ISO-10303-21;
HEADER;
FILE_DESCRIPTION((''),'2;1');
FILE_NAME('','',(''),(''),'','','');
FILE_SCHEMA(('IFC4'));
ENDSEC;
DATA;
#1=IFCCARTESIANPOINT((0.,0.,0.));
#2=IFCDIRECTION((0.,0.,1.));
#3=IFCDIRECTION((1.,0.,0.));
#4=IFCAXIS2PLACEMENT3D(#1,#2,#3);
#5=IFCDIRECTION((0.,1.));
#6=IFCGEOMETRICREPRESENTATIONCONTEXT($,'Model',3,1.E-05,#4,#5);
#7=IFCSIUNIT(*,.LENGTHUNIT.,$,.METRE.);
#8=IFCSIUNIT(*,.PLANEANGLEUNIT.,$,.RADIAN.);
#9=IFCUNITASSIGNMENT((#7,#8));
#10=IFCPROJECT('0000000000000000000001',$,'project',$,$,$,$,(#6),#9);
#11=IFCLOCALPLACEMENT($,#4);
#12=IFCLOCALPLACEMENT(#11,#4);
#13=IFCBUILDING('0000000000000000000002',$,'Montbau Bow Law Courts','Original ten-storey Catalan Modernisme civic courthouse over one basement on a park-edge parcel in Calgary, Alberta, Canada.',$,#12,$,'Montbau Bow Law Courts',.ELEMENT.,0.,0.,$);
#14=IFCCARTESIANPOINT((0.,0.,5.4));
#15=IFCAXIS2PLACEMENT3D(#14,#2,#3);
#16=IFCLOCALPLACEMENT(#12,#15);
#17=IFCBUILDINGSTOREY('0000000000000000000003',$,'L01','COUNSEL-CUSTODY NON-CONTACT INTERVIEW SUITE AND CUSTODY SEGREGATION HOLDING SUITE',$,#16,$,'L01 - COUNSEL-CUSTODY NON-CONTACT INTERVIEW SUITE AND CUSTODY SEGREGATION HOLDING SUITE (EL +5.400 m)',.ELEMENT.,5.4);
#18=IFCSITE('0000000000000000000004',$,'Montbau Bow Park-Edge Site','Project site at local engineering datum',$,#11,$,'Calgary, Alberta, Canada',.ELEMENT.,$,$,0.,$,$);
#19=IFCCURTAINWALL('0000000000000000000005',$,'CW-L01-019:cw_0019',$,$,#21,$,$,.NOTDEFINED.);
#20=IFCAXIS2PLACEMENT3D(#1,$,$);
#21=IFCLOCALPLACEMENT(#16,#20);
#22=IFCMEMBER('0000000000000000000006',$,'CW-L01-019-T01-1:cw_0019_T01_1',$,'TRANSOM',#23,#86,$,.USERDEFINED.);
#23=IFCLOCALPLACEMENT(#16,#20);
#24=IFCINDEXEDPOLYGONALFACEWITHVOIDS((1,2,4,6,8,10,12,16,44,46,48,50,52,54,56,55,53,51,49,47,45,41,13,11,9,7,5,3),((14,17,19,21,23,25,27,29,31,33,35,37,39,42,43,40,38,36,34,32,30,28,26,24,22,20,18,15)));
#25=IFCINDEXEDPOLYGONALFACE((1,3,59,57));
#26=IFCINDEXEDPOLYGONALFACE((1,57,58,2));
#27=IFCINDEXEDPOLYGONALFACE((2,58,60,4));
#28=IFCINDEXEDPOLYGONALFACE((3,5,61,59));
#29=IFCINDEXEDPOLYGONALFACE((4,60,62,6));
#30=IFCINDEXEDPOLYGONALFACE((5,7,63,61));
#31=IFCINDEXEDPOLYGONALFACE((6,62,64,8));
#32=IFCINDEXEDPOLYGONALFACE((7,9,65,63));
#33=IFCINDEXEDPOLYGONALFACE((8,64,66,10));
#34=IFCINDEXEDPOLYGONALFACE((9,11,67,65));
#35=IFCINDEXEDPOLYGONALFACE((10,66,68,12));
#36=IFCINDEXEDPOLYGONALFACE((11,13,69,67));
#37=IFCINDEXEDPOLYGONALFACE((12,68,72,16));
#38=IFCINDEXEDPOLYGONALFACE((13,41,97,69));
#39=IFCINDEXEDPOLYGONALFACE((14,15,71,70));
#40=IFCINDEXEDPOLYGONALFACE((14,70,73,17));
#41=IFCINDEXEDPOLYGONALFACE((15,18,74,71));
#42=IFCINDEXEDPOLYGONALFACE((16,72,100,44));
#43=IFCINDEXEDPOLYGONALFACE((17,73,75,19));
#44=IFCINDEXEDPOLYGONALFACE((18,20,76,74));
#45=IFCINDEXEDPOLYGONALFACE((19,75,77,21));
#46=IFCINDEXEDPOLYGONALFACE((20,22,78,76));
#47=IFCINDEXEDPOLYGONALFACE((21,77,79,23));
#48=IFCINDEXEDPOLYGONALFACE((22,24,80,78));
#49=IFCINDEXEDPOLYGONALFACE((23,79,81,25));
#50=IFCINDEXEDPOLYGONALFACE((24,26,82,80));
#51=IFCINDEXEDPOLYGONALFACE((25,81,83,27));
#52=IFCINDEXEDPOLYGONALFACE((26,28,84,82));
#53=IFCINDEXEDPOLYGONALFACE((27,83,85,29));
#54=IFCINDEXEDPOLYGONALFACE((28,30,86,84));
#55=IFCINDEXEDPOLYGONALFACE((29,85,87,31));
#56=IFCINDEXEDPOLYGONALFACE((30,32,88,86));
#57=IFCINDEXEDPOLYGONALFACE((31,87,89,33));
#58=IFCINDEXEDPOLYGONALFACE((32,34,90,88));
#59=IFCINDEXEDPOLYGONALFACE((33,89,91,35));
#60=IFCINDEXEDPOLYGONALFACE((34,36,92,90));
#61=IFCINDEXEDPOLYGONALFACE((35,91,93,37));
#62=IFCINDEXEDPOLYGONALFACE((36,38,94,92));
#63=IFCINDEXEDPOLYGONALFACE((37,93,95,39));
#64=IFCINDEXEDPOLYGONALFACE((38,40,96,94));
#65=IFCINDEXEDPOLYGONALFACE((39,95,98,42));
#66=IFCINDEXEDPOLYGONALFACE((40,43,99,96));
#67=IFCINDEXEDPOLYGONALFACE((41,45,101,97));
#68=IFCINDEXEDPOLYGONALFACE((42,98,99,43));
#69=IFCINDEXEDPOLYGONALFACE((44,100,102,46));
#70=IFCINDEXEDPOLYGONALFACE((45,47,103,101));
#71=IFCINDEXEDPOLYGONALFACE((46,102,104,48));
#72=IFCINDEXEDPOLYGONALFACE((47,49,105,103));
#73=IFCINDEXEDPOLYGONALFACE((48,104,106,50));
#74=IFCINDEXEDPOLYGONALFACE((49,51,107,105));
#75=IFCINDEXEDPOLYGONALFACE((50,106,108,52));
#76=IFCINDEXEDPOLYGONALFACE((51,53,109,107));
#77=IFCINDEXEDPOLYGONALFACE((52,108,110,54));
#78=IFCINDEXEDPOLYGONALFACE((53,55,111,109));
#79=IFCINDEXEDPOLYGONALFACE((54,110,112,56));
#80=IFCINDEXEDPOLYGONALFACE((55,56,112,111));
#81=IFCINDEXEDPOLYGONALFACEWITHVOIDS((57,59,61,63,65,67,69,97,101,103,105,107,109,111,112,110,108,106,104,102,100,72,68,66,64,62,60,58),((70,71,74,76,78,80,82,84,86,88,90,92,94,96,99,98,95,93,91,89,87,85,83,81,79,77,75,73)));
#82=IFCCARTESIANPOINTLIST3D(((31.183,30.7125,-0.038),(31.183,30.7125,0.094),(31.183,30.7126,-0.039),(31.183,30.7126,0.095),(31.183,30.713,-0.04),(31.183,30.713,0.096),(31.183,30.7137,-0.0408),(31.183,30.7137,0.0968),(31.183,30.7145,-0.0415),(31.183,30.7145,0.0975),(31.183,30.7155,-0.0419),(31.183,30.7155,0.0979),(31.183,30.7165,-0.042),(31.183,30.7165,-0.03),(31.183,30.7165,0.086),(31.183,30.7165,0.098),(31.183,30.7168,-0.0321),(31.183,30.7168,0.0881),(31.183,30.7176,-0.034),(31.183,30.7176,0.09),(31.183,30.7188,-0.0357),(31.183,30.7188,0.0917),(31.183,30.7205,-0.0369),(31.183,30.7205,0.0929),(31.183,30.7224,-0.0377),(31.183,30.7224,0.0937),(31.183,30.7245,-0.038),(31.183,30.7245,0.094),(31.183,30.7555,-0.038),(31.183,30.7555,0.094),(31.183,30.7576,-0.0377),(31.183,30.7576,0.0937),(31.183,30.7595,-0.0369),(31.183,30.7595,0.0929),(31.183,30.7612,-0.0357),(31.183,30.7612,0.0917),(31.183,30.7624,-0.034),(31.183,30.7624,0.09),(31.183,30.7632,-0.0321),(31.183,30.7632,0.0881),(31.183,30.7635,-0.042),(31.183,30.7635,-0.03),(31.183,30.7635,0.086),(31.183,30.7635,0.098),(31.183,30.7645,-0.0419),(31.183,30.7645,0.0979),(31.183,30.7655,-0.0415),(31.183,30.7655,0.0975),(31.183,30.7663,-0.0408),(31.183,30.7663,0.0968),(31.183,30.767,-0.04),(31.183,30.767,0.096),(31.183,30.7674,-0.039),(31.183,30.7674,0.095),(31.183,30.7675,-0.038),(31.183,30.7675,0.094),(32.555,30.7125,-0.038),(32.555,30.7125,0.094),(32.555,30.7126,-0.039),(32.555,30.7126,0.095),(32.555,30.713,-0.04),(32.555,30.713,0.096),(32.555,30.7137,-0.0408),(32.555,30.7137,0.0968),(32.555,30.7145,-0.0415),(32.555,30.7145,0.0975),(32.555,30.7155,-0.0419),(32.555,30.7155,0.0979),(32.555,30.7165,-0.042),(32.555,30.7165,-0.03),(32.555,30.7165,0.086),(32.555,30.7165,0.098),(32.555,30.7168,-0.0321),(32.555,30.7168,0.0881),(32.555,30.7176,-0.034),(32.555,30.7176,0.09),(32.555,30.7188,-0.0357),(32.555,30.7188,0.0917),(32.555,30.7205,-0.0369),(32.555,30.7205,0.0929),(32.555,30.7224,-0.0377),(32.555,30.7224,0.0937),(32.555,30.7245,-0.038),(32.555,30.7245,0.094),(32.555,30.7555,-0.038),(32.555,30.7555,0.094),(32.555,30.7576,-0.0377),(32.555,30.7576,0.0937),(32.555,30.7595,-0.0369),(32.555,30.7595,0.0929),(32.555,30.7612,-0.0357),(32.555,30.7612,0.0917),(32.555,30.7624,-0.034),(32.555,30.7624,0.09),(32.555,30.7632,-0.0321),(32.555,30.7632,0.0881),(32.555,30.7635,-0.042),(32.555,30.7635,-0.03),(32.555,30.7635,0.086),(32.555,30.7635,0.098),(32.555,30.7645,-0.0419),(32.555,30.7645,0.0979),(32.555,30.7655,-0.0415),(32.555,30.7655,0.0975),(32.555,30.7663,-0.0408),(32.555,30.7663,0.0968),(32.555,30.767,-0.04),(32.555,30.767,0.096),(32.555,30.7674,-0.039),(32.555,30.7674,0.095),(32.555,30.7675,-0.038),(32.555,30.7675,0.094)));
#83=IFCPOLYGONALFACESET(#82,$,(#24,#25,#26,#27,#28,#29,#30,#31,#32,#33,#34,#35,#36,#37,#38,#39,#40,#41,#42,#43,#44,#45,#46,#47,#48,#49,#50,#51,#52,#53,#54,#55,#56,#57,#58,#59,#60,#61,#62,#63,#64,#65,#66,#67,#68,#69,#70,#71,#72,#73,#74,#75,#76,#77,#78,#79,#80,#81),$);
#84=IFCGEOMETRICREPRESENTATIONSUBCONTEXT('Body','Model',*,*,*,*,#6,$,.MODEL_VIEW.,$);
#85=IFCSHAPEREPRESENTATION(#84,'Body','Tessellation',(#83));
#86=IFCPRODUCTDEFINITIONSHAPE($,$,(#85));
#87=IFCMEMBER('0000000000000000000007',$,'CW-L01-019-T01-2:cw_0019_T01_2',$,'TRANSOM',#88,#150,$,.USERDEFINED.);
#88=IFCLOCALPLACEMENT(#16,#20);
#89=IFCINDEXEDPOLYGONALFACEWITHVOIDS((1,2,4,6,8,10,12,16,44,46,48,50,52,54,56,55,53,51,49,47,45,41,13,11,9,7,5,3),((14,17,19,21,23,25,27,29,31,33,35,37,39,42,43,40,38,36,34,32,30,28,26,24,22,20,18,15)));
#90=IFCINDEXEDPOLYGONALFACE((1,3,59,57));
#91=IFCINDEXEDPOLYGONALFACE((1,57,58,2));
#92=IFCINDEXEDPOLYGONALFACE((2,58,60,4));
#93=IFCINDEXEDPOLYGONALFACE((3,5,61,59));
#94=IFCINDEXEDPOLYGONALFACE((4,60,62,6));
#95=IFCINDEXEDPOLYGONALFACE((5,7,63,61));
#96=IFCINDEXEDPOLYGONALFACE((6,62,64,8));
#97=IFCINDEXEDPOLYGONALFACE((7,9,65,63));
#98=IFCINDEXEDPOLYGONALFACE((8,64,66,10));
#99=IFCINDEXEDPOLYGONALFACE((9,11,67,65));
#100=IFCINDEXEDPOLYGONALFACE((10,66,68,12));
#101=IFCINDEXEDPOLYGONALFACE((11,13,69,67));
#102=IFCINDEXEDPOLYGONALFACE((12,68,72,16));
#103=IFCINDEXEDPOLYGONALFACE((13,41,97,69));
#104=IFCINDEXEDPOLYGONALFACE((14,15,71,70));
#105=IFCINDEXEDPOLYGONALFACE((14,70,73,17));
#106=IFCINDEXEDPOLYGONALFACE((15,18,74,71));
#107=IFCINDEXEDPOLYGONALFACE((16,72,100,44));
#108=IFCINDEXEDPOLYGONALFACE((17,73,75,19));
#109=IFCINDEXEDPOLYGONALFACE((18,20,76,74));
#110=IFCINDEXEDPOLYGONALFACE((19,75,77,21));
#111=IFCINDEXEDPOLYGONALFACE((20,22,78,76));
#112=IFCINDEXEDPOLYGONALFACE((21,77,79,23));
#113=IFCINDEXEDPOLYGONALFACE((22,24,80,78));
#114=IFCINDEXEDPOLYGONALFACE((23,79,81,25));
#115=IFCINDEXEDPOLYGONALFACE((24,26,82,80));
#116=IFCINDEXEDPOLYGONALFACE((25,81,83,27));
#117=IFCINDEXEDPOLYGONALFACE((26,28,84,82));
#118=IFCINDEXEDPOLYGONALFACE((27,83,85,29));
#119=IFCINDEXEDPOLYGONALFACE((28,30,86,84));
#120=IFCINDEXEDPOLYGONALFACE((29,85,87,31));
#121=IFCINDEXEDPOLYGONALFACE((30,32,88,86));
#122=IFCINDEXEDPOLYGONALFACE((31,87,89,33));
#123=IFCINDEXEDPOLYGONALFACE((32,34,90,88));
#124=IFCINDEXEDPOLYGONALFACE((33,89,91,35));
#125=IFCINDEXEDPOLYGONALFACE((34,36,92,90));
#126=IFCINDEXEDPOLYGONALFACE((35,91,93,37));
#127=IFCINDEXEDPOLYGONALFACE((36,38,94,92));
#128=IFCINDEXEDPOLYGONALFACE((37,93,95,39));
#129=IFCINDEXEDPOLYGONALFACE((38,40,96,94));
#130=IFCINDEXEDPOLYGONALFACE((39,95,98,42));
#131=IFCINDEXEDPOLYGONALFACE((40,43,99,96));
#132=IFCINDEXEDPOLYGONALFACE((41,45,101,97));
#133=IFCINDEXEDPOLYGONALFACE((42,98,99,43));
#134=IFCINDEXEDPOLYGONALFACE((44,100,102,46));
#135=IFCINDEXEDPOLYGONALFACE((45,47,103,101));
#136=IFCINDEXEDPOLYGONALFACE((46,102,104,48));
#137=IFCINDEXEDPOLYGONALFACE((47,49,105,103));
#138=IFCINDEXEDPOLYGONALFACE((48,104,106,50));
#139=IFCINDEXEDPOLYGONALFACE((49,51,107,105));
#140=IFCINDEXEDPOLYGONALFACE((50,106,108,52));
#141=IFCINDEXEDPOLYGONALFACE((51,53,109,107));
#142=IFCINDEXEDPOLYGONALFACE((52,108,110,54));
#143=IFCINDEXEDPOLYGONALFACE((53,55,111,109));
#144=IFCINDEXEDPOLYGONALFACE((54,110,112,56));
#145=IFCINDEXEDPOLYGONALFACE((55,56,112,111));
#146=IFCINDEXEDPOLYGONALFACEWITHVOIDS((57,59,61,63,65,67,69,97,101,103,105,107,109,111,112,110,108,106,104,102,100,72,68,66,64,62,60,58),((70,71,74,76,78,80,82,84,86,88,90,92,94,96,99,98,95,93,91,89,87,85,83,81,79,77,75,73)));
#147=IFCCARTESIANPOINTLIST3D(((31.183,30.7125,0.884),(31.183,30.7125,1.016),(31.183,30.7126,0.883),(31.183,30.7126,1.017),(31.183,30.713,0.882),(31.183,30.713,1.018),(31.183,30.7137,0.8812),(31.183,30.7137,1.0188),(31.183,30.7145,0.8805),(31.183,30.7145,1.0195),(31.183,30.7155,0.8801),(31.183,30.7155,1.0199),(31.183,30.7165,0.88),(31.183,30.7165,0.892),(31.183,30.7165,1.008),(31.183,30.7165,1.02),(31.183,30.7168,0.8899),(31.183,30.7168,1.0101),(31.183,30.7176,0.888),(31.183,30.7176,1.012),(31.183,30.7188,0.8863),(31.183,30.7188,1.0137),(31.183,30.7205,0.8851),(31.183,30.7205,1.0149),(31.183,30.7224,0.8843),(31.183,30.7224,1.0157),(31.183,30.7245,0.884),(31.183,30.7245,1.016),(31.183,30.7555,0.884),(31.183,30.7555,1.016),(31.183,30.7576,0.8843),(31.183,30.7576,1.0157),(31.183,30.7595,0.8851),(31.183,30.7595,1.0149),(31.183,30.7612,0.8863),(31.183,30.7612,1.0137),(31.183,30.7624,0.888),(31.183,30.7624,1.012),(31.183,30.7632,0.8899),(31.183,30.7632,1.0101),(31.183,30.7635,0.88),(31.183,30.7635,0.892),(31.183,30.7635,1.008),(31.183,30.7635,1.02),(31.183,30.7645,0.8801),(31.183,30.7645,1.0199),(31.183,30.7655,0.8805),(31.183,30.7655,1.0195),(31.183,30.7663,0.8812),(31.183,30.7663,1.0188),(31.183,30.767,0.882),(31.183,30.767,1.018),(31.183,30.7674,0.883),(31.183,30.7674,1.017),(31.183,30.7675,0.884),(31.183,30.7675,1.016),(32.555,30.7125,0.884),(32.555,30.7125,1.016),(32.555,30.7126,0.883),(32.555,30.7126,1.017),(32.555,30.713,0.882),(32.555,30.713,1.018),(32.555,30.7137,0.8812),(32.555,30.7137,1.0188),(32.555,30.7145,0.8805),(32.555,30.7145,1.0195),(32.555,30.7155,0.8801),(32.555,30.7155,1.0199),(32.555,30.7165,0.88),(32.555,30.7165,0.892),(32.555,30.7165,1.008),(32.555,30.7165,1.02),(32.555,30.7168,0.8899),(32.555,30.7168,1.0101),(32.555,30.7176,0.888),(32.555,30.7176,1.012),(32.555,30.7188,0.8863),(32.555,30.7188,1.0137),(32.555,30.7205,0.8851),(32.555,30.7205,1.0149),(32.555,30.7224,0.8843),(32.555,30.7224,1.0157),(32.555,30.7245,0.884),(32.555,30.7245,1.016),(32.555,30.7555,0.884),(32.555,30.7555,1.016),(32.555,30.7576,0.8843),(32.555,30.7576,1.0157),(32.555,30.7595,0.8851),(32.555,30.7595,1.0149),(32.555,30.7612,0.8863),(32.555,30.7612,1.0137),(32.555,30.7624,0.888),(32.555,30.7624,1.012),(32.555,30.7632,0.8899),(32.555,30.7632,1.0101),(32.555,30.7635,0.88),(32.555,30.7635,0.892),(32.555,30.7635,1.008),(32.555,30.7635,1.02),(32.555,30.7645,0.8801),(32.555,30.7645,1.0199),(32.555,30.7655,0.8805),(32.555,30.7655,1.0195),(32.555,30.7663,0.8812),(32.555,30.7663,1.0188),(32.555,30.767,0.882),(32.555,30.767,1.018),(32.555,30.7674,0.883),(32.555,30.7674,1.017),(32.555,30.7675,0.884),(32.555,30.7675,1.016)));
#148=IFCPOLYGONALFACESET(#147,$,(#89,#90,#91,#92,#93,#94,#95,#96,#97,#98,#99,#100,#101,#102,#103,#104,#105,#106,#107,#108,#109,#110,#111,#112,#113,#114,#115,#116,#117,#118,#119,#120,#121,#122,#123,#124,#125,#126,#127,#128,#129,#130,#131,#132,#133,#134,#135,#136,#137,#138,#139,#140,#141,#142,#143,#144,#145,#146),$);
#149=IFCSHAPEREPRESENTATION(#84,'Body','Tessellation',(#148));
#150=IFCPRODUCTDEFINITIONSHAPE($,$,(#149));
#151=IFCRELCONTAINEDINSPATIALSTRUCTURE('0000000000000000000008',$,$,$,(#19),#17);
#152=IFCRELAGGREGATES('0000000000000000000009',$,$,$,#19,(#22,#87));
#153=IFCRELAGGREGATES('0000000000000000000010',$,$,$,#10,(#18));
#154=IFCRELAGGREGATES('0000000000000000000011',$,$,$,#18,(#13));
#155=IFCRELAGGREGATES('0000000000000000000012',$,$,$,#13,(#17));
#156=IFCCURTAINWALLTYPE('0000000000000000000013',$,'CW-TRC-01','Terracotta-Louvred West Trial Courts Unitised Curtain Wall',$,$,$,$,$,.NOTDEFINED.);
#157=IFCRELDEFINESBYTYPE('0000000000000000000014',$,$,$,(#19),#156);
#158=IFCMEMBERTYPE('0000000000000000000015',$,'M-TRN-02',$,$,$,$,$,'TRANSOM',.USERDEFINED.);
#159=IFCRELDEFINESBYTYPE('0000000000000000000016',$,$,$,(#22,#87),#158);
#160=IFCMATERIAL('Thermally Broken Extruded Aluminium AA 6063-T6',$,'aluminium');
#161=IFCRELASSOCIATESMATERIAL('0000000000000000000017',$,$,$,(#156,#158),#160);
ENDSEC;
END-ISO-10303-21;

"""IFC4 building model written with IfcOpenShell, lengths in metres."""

from ifc_helpers import new_model, si_unit, direction, frame, origin_with_axes, origin_2d_with_axis, place, context, subcontext, project, spatial, hollow_rectangle, extrude, material, material_profile, profile_set, type_object, element, aggregate, save


model = new_model("IFC4")

# Units and contexts
model_context = context("Model", 3, precision=1e-05, world=origin_with_axes(), true_north=direction((0.0, 1.0)))
body_context = subcontext(model_context, "Body", "Model", "MODEL_VIEW")
ifc_project = project(units=[si_unit("LENGTHUNIT", "METRE"), si_unit("PLANEANGLEUNIT", "RADIAN")], contexts=[model_context])

# Site, building, storey
site_placement = place(None, origin_with_axes())
site = spatial("IfcSite", under=ifc_project, at=site_placement, Name="Montbau Bow Park-Edge Site", Description="Project site at local engineering datum", LongName="Calgary, Alberta, Canada", CompositionType="ELEMENT", RefElevation=0.0)
building_placement = place(site_placement, origin_with_axes())
building = spatial("IfcBuilding", under=site, at=building_placement, Name="Montbau Bow Law Courts", Description="Original ten-storey Catalan Modernisme civic courthouse over one basement on a park-edge parcel in Calgary, Alberta, Canada.", LongName="Montbau Bow Law Courts", CompositionType="ELEMENT", ElevationOfRefHeight=0.0, ElevationOfTerrain=0.0)
storey_placement = place(building_placement, frame((0.0, 0.0, 5.4), z_axis=(0.0, 0.0, 1.0), x_axis=(1.0, 0.0, 0.0)))
storey = spatial("IfcBuildingStorey", under=building, at=storey_placement, Name="L01", Description="COUNSEL-CUSTODY NON-CONTACT INTERVIEW SUITE AND CUSTODY SEGREGATION HOLDING SUITE", LongName="L01 - COUNSEL-CUSTODY NON-CONTACT INTERVIEW SUITE AND CUSTODY SEGREGATION HOLDING SUITE (EL +5.400 m)", CompositionType="ELEMENT", Elevation=5.4)

# Curtain wall
ifc_material_1 = material(Name="Thermally Broken Extruded Aluminium AA 6063-T6", Category="aluminium")
curtain_wall_type = type_object("IfcCurtainWallType", Name="CW-TRC-01", Description="Terracotta-Louvred West Trial Courts Unitised Curtain Wall", PredefinedType="NOTDEFINED", material=ifc_material_1)
curtain_wall_1_placement = place(None, frame((31.115, 30.74, 5.4), z_axis=(0.0, 0.0, 1.0), x_axis=(1.0, 0.0, 0.0)))
curtain_wall_1 = element("IfcCurtainWall", 1, at=curtain_wall_1_placement, inside=storey, type_object=curtain_wall_type, Name="CW-L01-019:cw_0019", PredefinedType="NOTDEFINED")

# Members
ifc_material_profile_1 = material_profile(ifc_material_1, hollow_rectangle(XDim=0.055, YDim=0.14, WallThickness=0.004, InnerFilletRadius=0.008, OuterFilletRadius=0.004, at=origin_2d_with_axis()), Name="CWT-140X55", Category="Main", Priority=0)
ifc_profile_set_1 = profile_set([ifc_material_profile_1], Name="Thermally Broken Extruded Aluminium AA 6063-T6")
member_type_1 = type_object("IfcMemberType", Name="M-TRN-02", ElementType="TRANSOM", PredefinedType="USERDEFINED", material=ifc_profile_set_1)
member_1_placement = place(None, frame((31.183, 30.74, 5.428), z_axis=(1.0, 0.0, 0.0), x_axis=(0.0, 1.0, 0.0)))
member_1 = element("IfcMember", 2, at=member_1_placement, type_object=member_type_1, Name="CW-L01-019-T01-1:cw_0019_T01_1", ObjectType="TRANSOM", PredefinedType="USERDEFINED", context=body_context, shape_type="SweptSolid", body=[
    extrude(hollow_rectangle(XDim=0.055, YDim=0.14, WallThickness=0.004, InnerFilletRadius=0.008, OuterFilletRadius=0.004, at=origin_2d_with_axis()), origin_with_axes(), (0.0, 0.0, 1.0), 1.372),
])
member_2_placement = place(None, frame((31.183, 30.74, 6.35), z_axis=(1.0, 0.0, 0.0), x_axis=(0.0, 1.0, 0.0)))
member_2 = element("IfcMember", 3, at=member_2_placement, type_object=member_type_1, Name="CW-L01-019-T01-2:cw_0019_T01_2", ObjectType="TRANSOM", PredefinedType="USERDEFINED", context=body_context, shape_type="SweptSolid", body=[
    extrude(hollow_rectangle(XDim=0.055, YDim=0.14, WallThickness=0.004, InnerFilletRadius=0.008, OuterFilletRadius=0.004, at=origin_2d_with_axis()), origin_with_axes(), (0.0, 0.0, 1.0), 1.372),
])

aggregate(curtain_wall_1, [member_1, member_2])

save(model, "model.ifc")
